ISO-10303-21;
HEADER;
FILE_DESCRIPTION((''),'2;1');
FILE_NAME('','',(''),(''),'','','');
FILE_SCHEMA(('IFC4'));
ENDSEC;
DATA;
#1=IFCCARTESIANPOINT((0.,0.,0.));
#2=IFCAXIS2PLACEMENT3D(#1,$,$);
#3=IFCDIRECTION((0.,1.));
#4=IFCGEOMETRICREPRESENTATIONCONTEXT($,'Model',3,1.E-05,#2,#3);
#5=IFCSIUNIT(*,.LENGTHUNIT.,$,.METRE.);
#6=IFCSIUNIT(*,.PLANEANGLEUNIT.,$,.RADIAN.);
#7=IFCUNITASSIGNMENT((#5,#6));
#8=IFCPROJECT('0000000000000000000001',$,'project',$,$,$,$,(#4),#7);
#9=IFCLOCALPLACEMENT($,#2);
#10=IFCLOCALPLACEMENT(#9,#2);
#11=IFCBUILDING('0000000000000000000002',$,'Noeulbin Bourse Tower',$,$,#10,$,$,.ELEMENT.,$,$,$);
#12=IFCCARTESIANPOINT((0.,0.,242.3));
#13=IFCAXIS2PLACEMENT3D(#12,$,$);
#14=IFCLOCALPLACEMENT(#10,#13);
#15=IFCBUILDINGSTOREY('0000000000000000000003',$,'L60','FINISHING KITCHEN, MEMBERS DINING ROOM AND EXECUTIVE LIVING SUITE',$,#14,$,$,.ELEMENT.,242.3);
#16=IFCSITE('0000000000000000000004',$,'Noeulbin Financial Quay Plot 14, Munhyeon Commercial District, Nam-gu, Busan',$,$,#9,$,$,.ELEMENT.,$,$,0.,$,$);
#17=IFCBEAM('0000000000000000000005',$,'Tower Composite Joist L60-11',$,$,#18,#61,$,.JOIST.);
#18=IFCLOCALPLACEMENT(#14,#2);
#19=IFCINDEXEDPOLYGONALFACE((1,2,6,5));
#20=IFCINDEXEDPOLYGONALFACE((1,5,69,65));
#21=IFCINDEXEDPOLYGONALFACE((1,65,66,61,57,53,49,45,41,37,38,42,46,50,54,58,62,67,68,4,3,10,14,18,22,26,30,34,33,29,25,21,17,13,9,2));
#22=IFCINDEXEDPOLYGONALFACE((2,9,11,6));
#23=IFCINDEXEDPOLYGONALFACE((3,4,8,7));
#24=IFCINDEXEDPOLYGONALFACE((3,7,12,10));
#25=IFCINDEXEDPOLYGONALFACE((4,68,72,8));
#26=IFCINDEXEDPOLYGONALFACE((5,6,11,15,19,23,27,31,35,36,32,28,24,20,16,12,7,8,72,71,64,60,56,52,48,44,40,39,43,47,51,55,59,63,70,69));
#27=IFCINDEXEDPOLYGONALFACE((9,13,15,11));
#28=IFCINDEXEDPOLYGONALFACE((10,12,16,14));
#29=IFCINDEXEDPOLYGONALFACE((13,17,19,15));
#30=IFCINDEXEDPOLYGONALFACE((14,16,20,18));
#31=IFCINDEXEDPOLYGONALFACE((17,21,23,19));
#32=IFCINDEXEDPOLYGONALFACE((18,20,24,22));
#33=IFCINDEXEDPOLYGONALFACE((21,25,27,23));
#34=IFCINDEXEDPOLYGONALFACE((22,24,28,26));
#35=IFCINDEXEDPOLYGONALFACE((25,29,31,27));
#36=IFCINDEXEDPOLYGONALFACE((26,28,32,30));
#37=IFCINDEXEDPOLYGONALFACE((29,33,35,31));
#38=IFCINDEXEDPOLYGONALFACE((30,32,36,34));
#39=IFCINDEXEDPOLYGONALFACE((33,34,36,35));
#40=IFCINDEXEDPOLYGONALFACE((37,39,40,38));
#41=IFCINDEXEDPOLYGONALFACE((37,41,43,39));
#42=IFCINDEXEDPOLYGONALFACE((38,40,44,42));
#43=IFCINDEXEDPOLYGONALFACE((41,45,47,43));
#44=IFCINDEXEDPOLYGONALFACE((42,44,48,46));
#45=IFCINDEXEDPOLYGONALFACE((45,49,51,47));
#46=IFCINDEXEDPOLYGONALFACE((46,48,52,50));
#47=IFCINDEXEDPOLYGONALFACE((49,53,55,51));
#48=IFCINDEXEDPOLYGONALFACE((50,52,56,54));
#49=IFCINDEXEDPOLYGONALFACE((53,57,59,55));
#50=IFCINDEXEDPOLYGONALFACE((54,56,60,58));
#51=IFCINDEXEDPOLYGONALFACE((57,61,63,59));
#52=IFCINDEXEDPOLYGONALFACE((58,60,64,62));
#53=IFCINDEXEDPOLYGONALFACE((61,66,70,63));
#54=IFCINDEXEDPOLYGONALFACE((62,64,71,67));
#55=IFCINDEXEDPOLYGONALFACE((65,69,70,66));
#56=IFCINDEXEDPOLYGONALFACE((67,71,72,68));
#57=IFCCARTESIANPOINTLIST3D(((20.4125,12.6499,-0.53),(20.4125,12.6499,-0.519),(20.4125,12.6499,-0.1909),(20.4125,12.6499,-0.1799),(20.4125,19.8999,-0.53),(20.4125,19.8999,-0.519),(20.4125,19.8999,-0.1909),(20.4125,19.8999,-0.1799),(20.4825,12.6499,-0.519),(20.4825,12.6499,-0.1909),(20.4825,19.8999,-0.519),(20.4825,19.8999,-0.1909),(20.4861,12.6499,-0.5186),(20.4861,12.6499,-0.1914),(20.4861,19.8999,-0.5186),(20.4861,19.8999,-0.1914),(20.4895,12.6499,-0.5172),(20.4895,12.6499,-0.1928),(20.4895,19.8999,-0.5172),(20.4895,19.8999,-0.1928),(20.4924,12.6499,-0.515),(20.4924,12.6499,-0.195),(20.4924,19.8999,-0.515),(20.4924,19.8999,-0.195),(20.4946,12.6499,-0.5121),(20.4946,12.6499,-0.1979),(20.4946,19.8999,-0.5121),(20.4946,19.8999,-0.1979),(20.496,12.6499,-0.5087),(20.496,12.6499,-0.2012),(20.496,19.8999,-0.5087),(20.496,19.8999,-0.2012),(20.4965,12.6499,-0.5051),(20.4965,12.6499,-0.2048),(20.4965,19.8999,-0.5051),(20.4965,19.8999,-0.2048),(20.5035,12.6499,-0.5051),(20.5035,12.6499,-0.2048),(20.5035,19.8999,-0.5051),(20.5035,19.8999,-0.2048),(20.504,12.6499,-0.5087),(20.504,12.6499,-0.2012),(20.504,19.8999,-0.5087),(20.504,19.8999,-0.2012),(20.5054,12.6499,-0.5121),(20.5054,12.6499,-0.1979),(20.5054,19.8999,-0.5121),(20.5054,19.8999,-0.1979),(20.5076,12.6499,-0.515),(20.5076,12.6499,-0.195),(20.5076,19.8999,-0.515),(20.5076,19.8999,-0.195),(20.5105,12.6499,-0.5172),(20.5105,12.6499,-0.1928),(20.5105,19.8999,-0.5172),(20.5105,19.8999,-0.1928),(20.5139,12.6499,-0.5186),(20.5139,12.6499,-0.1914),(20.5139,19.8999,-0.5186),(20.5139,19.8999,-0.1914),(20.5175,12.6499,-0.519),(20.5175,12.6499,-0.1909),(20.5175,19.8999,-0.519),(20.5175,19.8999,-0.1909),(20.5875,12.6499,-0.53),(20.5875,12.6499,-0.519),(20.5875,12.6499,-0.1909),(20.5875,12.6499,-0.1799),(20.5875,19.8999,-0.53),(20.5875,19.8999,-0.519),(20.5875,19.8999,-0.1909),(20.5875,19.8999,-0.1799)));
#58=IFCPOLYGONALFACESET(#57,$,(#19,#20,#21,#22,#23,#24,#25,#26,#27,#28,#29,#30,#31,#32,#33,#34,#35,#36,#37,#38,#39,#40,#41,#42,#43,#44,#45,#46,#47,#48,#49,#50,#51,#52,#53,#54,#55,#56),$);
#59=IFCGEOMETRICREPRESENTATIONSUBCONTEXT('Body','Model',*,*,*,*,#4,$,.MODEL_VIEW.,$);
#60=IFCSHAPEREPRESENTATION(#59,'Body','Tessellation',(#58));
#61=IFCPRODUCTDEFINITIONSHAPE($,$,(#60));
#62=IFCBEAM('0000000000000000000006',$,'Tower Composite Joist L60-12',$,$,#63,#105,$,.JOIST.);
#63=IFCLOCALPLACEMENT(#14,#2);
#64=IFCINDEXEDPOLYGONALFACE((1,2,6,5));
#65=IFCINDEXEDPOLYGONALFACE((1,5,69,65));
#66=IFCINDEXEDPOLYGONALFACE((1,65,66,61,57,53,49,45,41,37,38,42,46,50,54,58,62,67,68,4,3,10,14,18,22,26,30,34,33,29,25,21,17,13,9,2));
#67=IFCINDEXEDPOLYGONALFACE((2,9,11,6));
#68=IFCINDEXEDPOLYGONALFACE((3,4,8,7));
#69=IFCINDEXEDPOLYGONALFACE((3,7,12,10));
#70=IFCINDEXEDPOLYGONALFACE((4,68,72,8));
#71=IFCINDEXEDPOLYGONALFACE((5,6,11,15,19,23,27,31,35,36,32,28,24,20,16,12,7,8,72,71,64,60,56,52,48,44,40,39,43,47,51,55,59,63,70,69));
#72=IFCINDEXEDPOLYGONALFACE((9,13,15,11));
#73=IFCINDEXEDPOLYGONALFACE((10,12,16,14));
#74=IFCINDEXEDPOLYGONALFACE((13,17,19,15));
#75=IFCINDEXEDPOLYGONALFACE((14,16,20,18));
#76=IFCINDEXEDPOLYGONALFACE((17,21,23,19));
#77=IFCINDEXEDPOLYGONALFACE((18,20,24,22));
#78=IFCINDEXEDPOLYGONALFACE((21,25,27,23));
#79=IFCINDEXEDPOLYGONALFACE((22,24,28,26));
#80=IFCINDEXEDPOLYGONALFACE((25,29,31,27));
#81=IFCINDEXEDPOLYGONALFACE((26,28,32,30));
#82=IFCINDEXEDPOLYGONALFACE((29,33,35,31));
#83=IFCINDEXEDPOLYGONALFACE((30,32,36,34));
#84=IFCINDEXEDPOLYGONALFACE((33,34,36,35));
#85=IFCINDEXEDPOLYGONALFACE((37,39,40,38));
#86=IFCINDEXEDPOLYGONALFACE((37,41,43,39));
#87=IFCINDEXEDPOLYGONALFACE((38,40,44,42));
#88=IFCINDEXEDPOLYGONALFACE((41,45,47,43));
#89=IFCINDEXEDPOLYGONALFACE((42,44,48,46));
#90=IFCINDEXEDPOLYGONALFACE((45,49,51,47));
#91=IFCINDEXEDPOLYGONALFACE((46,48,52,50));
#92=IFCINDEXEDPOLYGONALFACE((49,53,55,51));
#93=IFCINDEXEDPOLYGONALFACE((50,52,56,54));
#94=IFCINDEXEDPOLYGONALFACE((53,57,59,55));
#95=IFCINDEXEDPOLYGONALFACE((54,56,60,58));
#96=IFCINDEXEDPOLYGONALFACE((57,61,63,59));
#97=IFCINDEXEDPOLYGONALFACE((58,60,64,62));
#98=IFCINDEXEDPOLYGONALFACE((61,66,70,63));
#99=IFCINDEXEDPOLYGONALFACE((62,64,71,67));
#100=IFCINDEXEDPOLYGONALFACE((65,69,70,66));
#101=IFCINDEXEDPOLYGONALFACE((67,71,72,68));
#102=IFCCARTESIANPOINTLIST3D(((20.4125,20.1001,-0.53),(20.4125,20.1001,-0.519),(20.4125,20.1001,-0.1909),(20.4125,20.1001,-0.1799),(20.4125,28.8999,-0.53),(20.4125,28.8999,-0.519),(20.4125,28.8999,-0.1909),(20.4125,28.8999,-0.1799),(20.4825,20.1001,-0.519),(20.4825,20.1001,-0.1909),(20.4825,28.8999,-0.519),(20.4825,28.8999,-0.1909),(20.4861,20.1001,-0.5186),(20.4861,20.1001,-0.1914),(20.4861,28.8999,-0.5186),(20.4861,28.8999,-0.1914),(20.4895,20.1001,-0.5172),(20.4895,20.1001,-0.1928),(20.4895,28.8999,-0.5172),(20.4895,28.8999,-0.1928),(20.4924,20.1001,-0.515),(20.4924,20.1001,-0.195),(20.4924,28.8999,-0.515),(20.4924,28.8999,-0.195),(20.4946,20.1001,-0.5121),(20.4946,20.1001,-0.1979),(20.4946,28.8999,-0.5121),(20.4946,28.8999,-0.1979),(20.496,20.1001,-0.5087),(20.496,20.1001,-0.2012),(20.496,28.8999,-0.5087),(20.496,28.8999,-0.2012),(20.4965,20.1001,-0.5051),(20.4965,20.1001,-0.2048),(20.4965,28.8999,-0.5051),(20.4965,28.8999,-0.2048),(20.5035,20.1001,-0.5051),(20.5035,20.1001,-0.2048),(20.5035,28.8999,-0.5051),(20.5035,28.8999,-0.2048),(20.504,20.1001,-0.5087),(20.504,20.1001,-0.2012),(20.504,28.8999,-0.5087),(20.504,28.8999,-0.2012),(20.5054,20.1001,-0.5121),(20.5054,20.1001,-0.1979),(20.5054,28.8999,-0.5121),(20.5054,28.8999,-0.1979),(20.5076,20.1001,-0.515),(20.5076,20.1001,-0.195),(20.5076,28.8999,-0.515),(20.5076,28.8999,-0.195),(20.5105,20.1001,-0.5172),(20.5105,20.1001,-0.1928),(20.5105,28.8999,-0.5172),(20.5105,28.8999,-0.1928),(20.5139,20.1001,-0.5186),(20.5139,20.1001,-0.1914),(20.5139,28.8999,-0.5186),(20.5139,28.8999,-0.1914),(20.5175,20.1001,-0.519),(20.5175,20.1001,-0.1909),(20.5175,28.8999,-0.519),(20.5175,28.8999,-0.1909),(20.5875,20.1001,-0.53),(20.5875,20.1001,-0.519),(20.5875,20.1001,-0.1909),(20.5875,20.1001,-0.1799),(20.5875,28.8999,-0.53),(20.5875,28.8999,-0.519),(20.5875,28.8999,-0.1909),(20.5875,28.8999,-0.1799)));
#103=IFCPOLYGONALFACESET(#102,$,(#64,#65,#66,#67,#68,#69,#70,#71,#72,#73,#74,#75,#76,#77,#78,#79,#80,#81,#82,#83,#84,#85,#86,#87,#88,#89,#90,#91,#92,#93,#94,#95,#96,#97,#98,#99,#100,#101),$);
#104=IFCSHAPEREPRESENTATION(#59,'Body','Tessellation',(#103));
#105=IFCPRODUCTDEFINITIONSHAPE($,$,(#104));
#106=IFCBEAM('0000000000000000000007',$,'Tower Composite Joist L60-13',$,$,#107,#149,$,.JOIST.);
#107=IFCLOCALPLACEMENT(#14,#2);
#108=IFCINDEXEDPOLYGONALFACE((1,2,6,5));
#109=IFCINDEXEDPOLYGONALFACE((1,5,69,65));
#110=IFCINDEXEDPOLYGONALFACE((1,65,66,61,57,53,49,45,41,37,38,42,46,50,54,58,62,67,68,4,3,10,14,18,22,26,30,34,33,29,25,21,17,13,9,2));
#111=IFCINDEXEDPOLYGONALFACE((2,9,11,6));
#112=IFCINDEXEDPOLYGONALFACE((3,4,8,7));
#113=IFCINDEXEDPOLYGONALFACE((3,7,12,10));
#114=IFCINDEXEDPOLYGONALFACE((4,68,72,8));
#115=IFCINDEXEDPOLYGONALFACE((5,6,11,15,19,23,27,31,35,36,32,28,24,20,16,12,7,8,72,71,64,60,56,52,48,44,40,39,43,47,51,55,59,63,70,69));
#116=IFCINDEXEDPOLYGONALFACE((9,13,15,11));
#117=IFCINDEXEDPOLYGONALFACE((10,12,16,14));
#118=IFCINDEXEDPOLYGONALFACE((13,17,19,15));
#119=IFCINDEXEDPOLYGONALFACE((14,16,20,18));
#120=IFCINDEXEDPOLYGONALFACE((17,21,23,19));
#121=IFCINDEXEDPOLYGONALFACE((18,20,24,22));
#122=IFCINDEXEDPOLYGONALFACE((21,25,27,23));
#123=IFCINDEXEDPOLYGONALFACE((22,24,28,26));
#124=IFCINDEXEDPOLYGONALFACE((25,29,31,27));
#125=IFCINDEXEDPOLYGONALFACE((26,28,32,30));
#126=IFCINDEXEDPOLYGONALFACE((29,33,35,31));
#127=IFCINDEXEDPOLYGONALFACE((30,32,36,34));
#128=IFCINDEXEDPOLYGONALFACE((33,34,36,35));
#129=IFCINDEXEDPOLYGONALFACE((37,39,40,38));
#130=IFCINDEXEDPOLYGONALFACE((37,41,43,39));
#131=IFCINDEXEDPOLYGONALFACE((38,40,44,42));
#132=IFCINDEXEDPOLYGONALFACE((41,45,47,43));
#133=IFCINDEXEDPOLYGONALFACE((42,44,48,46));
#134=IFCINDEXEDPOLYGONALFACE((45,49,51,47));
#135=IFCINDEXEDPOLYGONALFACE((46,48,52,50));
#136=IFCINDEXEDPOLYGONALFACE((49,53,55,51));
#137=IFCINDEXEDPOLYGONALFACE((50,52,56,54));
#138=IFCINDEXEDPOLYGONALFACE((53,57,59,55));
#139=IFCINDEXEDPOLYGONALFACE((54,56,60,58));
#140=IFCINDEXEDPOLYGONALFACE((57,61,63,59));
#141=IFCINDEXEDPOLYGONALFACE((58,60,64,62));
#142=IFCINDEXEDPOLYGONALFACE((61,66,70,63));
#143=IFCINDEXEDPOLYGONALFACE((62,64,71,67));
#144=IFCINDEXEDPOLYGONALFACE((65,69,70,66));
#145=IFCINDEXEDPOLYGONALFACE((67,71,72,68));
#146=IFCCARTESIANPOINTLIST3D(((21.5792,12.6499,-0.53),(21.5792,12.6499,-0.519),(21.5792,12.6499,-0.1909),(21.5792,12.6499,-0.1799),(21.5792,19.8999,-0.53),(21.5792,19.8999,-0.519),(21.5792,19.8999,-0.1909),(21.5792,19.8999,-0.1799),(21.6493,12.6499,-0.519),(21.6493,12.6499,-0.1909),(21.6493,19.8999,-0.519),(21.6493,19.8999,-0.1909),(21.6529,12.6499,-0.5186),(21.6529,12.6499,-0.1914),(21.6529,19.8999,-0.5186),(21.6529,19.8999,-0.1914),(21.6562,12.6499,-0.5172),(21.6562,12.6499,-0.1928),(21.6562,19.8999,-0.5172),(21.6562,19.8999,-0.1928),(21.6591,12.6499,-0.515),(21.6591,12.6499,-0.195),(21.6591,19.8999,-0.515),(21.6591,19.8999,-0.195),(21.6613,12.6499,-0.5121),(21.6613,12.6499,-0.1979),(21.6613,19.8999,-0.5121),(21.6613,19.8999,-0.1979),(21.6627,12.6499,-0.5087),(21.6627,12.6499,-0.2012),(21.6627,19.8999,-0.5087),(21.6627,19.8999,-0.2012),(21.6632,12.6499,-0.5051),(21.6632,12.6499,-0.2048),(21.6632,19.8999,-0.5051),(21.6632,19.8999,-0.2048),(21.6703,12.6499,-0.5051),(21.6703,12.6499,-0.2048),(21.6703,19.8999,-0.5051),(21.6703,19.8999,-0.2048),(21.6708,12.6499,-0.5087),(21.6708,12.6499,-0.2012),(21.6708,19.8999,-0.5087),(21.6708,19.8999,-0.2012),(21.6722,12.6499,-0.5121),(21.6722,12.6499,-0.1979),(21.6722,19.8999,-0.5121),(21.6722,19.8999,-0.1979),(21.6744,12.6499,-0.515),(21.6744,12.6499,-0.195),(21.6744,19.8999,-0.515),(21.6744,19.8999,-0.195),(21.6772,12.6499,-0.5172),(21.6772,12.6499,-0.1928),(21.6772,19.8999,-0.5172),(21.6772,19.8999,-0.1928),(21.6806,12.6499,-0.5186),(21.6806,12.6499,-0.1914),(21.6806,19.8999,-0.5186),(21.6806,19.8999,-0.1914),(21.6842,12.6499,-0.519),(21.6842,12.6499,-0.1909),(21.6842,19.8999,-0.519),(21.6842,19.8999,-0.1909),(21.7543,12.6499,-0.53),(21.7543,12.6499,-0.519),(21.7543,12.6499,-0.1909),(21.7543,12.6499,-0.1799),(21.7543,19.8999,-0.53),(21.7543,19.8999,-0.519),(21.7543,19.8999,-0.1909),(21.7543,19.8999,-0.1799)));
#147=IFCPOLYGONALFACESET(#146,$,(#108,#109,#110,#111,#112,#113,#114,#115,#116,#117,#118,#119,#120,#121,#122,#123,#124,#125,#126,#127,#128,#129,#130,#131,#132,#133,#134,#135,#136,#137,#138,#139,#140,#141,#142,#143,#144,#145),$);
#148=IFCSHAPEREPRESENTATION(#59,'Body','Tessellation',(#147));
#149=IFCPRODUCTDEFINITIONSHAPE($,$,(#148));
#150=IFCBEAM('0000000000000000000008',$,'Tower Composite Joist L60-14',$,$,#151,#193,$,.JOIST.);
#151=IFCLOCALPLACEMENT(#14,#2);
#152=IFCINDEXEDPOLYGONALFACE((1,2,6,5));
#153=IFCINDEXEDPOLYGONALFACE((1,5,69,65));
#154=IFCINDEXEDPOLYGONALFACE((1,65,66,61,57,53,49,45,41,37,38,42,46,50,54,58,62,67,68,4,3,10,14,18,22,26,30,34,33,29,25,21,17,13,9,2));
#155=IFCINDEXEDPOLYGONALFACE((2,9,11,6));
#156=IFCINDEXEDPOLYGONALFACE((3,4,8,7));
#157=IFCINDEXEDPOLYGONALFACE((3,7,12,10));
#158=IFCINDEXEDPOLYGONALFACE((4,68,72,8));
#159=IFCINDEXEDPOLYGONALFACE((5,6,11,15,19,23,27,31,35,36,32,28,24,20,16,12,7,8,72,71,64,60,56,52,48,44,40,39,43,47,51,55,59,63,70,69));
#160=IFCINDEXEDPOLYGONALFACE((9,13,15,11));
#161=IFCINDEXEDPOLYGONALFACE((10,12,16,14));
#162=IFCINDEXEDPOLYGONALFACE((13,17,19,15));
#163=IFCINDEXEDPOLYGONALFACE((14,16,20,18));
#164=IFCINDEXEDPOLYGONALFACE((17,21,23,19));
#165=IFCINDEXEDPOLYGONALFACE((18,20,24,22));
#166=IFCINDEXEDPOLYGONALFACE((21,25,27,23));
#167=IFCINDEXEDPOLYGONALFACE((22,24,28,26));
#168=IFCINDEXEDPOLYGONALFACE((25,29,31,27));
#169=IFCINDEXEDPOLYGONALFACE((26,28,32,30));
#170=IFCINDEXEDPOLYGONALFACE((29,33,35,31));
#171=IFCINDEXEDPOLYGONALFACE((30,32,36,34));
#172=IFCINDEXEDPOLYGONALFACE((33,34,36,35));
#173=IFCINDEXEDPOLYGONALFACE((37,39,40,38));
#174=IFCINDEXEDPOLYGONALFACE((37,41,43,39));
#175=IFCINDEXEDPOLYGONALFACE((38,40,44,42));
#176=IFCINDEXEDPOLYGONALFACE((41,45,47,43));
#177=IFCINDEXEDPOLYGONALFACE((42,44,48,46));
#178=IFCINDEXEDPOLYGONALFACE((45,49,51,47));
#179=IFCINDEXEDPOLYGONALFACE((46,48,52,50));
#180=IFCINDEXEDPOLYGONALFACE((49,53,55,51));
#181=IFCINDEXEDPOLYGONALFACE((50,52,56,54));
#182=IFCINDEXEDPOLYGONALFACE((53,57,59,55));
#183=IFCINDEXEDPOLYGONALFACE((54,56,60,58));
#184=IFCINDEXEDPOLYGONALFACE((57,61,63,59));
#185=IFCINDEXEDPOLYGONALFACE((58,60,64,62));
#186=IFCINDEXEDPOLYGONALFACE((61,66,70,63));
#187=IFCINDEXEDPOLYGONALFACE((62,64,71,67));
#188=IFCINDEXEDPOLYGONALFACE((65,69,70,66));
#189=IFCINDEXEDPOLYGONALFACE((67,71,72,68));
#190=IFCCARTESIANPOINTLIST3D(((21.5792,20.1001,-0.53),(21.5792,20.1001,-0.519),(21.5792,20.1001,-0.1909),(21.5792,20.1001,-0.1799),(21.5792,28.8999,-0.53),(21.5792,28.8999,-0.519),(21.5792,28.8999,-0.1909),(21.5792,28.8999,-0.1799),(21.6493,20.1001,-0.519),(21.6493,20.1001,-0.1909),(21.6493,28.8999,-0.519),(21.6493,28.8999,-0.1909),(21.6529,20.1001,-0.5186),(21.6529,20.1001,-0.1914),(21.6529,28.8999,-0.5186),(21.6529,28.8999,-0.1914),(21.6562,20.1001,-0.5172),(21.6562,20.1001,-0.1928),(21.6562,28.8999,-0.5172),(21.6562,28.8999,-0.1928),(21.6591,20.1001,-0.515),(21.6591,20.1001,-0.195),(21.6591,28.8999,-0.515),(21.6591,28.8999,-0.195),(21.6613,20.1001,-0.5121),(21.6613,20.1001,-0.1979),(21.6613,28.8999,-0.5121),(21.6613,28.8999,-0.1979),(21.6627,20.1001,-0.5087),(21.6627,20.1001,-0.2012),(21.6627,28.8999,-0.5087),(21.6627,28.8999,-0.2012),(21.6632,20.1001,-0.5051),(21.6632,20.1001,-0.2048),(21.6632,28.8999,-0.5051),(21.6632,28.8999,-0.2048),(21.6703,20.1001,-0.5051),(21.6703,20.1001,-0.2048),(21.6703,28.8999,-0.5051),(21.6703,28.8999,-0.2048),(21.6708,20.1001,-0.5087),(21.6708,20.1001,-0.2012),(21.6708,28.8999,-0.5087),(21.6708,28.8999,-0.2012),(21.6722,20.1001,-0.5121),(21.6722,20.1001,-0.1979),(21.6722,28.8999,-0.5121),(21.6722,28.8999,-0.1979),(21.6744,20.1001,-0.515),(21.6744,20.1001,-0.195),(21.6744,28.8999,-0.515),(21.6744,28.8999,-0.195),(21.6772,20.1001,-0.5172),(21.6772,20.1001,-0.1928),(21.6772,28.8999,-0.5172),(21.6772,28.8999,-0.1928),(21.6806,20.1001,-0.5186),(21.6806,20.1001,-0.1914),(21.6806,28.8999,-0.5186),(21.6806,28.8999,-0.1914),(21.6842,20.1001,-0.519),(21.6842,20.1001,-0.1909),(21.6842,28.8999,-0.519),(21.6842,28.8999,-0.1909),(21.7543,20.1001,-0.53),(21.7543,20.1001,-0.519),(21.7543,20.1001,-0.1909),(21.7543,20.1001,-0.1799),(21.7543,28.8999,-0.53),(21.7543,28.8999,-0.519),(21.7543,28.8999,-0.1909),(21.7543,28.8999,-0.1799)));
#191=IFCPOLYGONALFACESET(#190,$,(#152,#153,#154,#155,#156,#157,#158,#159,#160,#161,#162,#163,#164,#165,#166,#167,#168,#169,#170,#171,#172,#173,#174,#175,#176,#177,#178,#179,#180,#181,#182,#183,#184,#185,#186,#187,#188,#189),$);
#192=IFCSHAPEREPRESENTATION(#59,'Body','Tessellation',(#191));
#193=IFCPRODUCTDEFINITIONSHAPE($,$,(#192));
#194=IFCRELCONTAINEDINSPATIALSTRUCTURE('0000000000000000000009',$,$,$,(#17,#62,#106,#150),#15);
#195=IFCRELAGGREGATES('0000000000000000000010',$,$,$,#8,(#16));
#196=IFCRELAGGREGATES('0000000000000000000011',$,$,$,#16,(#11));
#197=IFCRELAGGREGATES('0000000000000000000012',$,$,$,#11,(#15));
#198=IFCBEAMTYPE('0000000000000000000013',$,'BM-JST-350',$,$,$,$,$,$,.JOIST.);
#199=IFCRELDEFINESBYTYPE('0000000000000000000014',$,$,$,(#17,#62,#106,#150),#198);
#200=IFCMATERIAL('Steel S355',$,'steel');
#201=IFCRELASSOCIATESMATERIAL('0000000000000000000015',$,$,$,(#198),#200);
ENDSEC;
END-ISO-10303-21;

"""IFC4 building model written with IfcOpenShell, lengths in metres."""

from ifc_helpers import new_model, si_unit, direction, frame, origin, origin_2d, place, context, subcontext, project, spatial, i_section, extrude, material, material_profile, profile_set, type_object, element, save


model = new_model("IFC4")

# Units and contexts
model_context = context("Model", 3, precision=1e-05, world=origin(), true_north=direction((0.0, 1.0)))
body_context = subcontext(model_context, "Body", "Model", "MODEL_VIEW")
ifc_project = project(units=[si_unit("LENGTHUNIT", "METRE"), si_unit("PLANEANGLEUNIT", "RADIAN")], contexts=[model_context])

# Site, building, storey
site_placement = place(None, origin())
site = spatial("IfcSite", under=ifc_project, at=site_placement, Name="Noeulbin Financial Quay Plot 14, Munhyeon Commercial District, Nam-gu, Busan", CompositionType="ELEMENT", RefElevation=0.0)
building_placement = place(site_placement, origin())
building = spatial("IfcBuilding", under=site, at=building_placement, Name="Noeulbin Bourse Tower", CompositionType="ELEMENT")
storey_placement = place(building_placement, frame((0.0, 0.0, 242.3)))
storey = spatial("IfcBuildingStorey", under=building, at=storey_placement, Name="L60", Description="FINISHING KITCHEN, MEMBERS DINING ROOM AND EXECUTIVE LIVING SUITE", CompositionType="ELEMENT", Elevation=242.3)

# Shared definitions
ifc_material_1 = material(Name="Steel S355", Category="steel")

# Beams
ifc_material_profile_1 = material_profile(ifc_material_1, i_section(OverallWidth=0.175, OverallDepth=0.3501, WebThickness=0.0071, FlangeThickness=0.011, FilletRadius=0.0139, at=origin_2d()), Name="H-350x175x7x11", Category="LoadBearing")
ifc_profile_set_1 = profile_set([ifc_material_profile_1], Name="Steel S355")
beam_type_1 = type_object("IfcBeamType", Name="BM-JST-350", PredefinedType="JOIST", material=ifc_profile_set_1)
beam_1_placement = place(storey_placement, frame((20.5, 12.6499, -0.355), z_axis=(0.0, 1.0, 0.0), x_axis=(-1.0, 0.0, 0.0)))
element("IfcBeam", 1, at=beam_1_placement, inside=storey, type_object=beam_type_1, Name="Tower Composite Joist L60-11", PredefinedType="JOIST", context=body_context, shape_type="SweptSolid", body=[
    extrude(i_section(OverallWidth=0.175, OverallDepth=0.3501, WebThickness=0.0071, FlangeThickness=0.011, FilletRadius=0.0139, at=origin_2d()), origin(), (0.0, 0.0, 1.0), 7.25),
])
beam_2_placement = place(storey_placement, frame((20.5, 20.1001, -0.355), z_axis=(0.0, 1.0, 0.0), x_axis=(-1.0, 0.0, 0.0)))
element("IfcBeam", 2, at=beam_2_placement, inside=storey, type_object=beam_type_1, Name="Tower Composite Joist L60-12", PredefinedType="JOIST", context=body_context, shape_type="SweptSolid", body=[
    extrude(i_section(OverallWidth=0.175, OverallDepth=0.3501, WebThickness=0.0071, FlangeThickness=0.011, FilletRadius=0.0139, at=origin_2d()), origin(), (0.0, 0.0, 1.0), 8.7998),
])
beam_3_placement = place(storey_placement, frame((21.6667, 12.6499, -0.355), z_axis=(0.0, 1.0, 0.0), x_axis=(-1.0, 0.0, 0.0)))
element("IfcBeam", 3, at=beam_3_placement, inside=storey, type_object=beam_type_1, Name="Tower Composite Joist L60-13", PredefinedType="JOIST", context=body_context, shape_type="SweptSolid", body=[
    extrude(i_section(OverallWidth=0.175, OverallDepth=0.3501, WebThickness=0.0071, FlangeThickness=0.011, FilletRadius=0.0139, at=origin_2d()), origin(), (0.0, 0.0, 1.0), 7.25),
])
beam_4_placement = place(storey_placement, frame((21.6667, 20.1001, -0.355), z_axis=(0.0, 1.0, 0.0), x_axis=(-1.0, 0.0, 0.0)))
element("IfcBeam", 4, at=beam_4_placement, inside=storey, type_object=beam_type_1, Name="Tower Composite Joist L60-14", PredefinedType="JOIST", context=body_context, shape_type="SweptSolid", body=[
    extrude(i_section(OverallWidth=0.175, OverallDepth=0.3501, WebThickness=0.0071, FlangeThickness=0.011, FilletRadius=0.0139, at=origin_2d()), origin(), (0.0, 0.0, 1.0), 8.7998),
])

save(model, "model.ifc")
